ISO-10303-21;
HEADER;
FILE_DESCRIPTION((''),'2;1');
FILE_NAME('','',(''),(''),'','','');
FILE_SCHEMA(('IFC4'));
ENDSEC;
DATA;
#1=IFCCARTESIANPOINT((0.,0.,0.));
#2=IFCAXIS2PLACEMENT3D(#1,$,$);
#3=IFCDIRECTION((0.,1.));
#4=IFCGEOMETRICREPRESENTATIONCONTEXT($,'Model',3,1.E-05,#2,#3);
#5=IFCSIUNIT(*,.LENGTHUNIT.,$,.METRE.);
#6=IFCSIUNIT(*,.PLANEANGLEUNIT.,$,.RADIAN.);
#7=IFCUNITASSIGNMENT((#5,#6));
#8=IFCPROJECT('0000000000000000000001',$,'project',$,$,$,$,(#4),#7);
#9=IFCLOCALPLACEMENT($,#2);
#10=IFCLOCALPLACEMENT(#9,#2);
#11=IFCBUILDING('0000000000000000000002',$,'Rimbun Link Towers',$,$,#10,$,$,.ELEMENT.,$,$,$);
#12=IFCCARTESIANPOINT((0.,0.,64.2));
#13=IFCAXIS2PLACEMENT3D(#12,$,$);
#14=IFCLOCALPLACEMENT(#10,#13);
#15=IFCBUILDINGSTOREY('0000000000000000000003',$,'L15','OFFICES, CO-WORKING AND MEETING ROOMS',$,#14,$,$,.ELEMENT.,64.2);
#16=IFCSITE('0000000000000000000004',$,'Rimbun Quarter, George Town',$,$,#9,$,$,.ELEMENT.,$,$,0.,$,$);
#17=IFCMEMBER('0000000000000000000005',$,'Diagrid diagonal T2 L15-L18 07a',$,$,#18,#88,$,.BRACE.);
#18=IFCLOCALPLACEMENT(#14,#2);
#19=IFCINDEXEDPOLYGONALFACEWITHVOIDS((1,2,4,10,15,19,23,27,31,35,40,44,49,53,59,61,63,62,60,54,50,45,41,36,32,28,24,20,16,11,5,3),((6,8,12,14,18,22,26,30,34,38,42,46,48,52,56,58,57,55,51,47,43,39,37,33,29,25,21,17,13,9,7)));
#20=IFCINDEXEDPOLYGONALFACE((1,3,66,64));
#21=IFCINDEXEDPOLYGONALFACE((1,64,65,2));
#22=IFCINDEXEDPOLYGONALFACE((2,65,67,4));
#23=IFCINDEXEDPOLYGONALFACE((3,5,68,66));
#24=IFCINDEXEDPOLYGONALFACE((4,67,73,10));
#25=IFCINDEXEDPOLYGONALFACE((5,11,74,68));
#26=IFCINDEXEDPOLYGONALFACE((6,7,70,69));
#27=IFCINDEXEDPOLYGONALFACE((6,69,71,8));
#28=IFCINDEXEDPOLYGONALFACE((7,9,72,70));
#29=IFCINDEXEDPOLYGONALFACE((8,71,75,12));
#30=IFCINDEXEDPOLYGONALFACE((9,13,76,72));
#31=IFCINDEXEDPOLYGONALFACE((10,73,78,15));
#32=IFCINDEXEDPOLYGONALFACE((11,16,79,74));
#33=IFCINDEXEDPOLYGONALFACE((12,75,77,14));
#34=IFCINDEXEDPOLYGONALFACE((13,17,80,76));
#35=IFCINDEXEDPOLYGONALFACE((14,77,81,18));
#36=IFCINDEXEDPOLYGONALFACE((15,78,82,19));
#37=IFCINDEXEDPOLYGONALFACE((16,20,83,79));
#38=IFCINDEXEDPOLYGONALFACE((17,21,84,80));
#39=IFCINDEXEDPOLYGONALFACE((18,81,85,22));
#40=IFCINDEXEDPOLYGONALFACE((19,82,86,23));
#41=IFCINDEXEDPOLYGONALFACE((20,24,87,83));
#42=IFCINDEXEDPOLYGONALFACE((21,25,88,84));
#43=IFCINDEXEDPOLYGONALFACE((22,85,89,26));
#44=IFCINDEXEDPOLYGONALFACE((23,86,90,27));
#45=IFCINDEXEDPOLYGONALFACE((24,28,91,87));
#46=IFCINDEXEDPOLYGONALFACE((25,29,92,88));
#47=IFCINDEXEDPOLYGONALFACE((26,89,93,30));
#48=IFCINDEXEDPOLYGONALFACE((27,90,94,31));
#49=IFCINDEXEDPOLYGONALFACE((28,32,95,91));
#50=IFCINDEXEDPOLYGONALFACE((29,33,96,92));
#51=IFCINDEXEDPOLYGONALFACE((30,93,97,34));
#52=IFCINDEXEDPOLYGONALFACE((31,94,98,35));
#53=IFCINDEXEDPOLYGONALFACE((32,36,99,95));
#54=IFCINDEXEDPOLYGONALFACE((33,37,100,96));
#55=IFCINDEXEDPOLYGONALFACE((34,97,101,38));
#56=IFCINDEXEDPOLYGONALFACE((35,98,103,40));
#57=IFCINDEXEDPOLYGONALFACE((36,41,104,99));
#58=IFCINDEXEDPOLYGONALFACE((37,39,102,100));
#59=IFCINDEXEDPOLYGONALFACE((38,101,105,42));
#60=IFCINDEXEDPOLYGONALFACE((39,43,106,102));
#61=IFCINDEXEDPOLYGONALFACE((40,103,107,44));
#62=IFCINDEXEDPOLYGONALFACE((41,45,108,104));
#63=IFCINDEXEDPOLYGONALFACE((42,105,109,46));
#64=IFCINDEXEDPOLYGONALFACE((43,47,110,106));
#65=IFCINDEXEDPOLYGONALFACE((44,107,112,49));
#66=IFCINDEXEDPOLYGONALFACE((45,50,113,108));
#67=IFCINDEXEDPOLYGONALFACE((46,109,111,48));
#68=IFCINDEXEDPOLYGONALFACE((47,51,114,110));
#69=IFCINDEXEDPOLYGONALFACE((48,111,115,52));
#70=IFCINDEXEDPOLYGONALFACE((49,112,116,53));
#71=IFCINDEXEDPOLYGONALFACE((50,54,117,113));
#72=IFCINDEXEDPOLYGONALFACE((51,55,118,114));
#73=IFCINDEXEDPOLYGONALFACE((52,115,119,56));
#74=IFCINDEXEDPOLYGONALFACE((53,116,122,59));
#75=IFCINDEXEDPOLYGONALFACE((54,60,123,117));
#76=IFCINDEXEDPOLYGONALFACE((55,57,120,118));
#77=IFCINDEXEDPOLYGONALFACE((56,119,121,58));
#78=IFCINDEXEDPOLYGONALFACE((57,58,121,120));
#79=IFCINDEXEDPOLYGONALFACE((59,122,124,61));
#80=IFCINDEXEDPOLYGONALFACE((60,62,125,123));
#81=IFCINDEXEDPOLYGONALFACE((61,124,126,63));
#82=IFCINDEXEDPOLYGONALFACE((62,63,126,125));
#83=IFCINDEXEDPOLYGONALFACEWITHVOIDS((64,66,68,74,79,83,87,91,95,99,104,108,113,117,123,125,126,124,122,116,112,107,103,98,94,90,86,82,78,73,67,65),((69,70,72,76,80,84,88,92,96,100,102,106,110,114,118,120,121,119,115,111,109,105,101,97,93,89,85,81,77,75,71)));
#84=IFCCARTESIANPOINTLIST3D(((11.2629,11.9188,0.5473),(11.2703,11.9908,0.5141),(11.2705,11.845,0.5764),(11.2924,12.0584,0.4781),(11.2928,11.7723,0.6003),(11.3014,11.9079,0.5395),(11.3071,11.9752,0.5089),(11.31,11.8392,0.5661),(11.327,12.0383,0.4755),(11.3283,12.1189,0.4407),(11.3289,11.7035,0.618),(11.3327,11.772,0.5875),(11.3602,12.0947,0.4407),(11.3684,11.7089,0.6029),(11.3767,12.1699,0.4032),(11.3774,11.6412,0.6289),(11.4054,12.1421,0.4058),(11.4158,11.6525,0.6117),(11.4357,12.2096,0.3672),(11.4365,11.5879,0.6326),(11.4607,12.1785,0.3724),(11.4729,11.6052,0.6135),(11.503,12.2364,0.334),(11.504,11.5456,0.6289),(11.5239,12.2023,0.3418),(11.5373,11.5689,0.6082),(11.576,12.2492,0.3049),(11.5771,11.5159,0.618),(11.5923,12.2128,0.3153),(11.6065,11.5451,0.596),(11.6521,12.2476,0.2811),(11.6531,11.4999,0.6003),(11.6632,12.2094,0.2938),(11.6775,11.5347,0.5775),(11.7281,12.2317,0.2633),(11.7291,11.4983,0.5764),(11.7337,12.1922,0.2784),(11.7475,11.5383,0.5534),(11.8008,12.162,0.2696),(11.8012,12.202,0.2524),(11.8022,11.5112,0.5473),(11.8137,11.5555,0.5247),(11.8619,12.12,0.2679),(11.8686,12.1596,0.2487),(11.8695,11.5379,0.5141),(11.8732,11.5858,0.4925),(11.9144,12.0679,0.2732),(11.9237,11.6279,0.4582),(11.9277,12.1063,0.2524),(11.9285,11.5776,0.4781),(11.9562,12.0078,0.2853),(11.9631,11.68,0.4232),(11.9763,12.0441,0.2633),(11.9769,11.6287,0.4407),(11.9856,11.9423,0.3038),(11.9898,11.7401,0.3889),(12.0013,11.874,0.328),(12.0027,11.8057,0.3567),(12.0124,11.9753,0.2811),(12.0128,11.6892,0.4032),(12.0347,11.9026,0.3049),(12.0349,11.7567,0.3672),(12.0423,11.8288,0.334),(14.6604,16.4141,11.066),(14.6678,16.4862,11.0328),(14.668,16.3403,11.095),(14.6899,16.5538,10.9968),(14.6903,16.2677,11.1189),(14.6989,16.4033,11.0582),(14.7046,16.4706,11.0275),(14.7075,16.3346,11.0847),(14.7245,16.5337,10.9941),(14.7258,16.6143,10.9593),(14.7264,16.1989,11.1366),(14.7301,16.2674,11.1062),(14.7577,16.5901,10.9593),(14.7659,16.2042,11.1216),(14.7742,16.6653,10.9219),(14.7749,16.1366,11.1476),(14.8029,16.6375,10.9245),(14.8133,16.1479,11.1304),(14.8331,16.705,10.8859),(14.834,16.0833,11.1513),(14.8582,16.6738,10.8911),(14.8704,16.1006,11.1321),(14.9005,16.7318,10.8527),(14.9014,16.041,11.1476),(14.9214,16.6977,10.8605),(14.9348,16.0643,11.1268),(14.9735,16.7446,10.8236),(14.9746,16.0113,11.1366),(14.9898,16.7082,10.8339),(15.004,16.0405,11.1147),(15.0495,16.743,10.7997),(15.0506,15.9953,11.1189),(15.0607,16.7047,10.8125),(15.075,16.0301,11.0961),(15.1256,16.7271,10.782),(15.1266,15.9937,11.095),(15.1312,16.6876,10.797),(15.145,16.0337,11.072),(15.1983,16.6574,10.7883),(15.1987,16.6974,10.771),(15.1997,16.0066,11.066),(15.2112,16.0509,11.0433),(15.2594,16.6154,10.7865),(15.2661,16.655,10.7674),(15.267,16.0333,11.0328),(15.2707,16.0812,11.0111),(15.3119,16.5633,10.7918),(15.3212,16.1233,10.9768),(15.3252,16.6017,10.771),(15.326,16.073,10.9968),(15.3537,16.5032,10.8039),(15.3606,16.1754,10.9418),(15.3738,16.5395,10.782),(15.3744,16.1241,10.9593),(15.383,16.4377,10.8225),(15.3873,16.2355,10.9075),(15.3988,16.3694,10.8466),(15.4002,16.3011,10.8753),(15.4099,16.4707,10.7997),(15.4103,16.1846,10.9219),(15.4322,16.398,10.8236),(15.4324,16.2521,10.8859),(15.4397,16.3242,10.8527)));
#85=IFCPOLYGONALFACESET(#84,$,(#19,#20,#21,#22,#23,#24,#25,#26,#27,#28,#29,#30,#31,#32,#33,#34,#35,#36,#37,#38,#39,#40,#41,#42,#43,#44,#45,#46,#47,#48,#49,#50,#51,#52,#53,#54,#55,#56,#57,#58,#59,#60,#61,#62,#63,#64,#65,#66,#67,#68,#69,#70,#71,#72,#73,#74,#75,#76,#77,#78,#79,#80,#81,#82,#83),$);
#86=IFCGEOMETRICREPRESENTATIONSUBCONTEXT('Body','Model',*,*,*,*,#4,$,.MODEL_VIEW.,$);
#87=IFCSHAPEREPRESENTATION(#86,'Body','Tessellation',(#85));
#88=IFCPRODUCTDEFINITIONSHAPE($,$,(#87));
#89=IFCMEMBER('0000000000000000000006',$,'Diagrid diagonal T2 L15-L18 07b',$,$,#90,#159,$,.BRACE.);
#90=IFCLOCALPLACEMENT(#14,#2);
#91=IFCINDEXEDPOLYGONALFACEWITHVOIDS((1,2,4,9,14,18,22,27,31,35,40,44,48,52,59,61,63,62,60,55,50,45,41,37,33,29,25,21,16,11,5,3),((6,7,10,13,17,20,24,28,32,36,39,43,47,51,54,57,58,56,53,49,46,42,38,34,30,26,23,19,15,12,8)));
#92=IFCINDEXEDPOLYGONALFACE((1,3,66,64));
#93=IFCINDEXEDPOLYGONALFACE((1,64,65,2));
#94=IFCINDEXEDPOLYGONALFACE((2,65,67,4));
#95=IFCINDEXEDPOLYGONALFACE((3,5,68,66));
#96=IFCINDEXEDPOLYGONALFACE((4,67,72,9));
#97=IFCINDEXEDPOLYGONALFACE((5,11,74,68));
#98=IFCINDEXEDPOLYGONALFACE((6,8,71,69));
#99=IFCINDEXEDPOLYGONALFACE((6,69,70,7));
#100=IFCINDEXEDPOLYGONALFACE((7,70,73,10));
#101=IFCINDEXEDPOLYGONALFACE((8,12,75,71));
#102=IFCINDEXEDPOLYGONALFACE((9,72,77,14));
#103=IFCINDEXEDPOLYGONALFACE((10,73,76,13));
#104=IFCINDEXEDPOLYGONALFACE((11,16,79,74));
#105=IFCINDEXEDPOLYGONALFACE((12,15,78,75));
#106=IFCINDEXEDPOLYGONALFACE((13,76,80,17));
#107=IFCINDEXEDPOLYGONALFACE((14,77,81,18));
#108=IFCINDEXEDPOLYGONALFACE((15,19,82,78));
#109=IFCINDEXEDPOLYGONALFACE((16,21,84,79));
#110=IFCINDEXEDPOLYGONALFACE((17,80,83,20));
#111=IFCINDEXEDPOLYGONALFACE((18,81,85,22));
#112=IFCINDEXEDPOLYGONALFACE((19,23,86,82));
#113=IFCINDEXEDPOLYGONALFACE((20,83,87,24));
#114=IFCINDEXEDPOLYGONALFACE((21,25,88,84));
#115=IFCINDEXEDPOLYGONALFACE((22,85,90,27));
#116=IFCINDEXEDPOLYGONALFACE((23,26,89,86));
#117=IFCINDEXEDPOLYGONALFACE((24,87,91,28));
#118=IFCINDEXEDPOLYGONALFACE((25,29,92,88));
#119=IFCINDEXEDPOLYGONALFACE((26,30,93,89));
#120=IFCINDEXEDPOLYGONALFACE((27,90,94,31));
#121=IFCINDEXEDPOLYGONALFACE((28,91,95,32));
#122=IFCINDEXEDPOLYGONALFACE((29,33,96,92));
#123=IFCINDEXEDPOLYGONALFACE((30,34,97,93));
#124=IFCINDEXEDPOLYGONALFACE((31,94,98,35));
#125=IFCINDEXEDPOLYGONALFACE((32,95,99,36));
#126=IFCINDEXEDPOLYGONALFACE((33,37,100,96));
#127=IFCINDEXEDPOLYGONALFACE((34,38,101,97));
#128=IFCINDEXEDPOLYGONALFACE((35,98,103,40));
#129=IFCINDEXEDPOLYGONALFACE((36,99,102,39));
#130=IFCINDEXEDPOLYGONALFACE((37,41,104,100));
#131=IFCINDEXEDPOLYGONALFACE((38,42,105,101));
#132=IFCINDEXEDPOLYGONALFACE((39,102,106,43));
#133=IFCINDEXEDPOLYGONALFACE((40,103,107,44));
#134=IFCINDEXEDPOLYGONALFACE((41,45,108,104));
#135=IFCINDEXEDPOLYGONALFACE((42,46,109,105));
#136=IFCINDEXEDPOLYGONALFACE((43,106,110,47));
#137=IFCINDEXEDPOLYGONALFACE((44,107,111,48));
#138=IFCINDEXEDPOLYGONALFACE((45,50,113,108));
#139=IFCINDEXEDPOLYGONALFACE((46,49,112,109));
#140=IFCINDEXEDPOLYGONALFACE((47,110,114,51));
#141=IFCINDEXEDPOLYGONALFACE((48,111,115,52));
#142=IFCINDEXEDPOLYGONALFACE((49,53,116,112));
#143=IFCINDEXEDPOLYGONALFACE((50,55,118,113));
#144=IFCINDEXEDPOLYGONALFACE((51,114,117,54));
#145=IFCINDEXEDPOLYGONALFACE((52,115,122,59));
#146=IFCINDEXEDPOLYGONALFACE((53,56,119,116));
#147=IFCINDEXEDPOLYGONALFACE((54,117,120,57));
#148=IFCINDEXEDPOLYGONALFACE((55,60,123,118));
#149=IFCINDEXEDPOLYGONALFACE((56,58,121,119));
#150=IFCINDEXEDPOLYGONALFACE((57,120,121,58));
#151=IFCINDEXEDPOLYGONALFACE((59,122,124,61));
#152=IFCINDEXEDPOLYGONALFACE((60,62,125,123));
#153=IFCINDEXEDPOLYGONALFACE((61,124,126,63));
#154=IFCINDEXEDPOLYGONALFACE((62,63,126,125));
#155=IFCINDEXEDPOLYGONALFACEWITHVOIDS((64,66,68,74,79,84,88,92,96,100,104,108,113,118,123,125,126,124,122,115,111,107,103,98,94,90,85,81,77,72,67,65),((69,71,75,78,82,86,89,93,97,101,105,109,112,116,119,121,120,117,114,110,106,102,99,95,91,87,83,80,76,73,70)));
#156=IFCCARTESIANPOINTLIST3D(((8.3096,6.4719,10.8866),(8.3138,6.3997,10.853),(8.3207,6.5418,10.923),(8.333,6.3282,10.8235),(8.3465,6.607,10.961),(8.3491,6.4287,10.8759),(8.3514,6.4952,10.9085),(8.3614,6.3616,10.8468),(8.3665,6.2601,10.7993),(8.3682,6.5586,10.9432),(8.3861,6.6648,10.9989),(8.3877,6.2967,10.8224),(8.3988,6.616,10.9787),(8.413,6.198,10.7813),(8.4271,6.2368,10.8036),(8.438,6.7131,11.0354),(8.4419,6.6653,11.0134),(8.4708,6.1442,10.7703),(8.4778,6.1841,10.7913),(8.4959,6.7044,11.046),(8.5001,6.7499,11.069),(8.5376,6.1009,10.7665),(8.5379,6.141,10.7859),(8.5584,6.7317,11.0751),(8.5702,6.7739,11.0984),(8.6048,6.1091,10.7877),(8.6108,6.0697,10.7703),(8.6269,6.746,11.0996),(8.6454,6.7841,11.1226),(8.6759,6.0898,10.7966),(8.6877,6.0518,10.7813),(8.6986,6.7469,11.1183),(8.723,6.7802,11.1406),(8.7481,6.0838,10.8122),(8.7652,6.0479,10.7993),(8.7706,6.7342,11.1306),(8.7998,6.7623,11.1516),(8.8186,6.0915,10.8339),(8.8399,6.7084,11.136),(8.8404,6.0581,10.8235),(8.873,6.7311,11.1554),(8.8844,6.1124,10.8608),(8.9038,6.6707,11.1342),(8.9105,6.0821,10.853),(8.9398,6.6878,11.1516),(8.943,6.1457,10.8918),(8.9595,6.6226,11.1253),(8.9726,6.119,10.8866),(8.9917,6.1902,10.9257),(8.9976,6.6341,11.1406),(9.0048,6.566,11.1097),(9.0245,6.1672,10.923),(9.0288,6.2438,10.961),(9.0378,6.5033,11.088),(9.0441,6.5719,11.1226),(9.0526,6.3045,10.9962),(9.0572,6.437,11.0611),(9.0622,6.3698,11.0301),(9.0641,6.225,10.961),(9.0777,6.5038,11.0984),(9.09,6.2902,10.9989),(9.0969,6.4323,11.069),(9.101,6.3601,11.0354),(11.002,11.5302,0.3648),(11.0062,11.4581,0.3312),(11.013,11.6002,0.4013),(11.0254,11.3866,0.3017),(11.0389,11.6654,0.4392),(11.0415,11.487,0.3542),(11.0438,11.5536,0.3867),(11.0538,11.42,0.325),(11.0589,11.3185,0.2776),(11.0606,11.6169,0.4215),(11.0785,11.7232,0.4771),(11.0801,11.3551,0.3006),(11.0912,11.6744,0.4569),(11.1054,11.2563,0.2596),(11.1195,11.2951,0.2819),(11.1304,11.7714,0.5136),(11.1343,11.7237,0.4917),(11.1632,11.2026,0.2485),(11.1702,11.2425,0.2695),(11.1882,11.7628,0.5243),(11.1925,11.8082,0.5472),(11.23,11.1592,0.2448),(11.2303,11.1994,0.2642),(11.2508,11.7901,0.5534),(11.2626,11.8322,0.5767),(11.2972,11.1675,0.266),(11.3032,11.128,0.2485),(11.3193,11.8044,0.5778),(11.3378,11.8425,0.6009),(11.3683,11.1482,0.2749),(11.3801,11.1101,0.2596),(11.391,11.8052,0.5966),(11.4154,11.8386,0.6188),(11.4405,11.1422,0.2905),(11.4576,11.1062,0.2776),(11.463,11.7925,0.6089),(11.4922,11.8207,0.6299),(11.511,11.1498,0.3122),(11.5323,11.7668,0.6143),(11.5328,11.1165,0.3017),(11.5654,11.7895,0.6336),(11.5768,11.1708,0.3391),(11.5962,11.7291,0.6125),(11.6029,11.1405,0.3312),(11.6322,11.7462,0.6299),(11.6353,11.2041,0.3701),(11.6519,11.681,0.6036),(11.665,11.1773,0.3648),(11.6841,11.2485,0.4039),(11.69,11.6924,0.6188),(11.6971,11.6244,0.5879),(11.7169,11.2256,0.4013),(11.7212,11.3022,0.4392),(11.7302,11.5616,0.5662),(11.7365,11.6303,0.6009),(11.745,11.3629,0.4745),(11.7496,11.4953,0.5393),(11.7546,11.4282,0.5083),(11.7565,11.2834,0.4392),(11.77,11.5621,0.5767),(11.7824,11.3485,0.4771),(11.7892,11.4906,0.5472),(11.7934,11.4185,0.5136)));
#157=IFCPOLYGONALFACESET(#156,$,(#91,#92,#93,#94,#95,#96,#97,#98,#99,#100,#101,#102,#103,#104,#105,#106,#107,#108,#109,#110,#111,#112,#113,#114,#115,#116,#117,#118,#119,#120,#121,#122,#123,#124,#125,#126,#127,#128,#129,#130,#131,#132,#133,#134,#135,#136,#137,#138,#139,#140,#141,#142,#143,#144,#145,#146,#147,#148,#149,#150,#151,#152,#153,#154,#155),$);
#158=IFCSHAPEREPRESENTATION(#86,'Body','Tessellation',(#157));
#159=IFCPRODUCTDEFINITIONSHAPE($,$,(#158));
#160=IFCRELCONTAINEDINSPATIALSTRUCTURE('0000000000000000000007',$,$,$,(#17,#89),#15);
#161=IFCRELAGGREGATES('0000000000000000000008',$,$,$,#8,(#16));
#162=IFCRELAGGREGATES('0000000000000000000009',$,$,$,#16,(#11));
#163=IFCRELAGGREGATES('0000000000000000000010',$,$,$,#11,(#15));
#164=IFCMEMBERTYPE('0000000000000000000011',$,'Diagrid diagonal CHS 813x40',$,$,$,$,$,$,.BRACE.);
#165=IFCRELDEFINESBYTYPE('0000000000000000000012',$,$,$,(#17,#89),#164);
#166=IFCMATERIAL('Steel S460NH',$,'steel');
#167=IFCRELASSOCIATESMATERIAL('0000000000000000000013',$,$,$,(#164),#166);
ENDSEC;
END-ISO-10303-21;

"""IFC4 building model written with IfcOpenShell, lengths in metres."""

from ifc_helpers import new_model, si_unit, direction, frame, origin, origin_2d, place, context, subcontext, project, spatial, hollow_circle, extrude, material, material_profile, profile_set, type_object, element, save


model = new_model("IFC4")

# Units and contexts
model_context = context("Model", 3, precision=1e-05, world=origin(), true_north=direction((0.0, 1.0)))
body_context = subcontext(model_context, "Body", "Model", "MODEL_VIEW")
ifc_project = project(units=[si_unit("LENGTHUNIT", "METRE"), si_unit("PLANEANGLEUNIT", "RADIAN")], contexts=[model_context])

# Site, building, storey
site_placement = place(None, origin())
site = spatial("IfcSite", under=ifc_project, at=site_placement, Name="Rimbun Quarter, George Town", CompositionType="ELEMENT", RefElevation=0.0)
building_placement = place(site_placement, origin())
building = spatial("IfcBuilding", under=site, at=building_placement, Name="Rimbun Link Towers", CompositionType="ELEMENT")
storey_placement = place(building_placement, frame((0.0, 0.0, 64.2)))
storey = spatial("IfcBuildingStorey", under=building, at=storey_placement, Name="L15", Description="OFFICES, CO-WORKING AND MEETING ROOMS", CompositionType="ELEMENT", Elevation=64.2)

# Members
ifc_material_1 = material(Name="Steel S460NH", Category="steel")
ifc_material_profile_1 = material_profile(ifc_material_1, hollow_circle(Radius=0.4065, WallThickness=0.04, at=origin_2d()), Name="Diagrid diagonal CHS 813x40")
ifc_profile_set_1 = profile_set([ifc_material_profile_1], Name="Steel S460NH")
member_type_1 = type_object("IfcMemberType", Name="Diagrid diagonal CHS 813x40", PredefinedType="BRACE", material=ifc_profile_set_1)
member_1_placement = place(storey_placement, frame((11.6526, 11.8738, 0.4407), z_axis=(0.284717, 0.376724, 0.881485), x_axis=(-0.797785, 0.602942, 0.0)))
element("IfcMember", 1, at=member_1_placement, inside=storey, type_object=member_type_1, Name="Diagrid diagonal T2 L15-L18 07a", PredefinedType="BRACE", context=body_context, shape_type="SweptSolid", body=[
    extrude(hollow_circle(Radius=0.4065, WallThickness=0.04, at=origin_2d()), origin(), (0.0, 0.0, 1.0), 11.9329),
])
member_2_placement = place(storey_placement, frame((11.3977, 11.4744, 0.4392), z_axis=(-0.224722, -0.4222, 0.878207), x_axis=(0.882744, -0.469854, 0.0)))
element("IfcMember", 2, at=member_2_placement, inside=storey, type_object=member_type_1, Name="Diagrid diagonal T2 L15-L18 07b", PredefinedType="BRACE", context=body_context, shape_type="SweptSolid", body=[
    extrude(hollow_circle(Radius=0.4065, WallThickness=0.04, at=origin_2d()), origin(), (0.0, 0.0, 1.0), 11.981),
])

save(model, "model.ifc")
